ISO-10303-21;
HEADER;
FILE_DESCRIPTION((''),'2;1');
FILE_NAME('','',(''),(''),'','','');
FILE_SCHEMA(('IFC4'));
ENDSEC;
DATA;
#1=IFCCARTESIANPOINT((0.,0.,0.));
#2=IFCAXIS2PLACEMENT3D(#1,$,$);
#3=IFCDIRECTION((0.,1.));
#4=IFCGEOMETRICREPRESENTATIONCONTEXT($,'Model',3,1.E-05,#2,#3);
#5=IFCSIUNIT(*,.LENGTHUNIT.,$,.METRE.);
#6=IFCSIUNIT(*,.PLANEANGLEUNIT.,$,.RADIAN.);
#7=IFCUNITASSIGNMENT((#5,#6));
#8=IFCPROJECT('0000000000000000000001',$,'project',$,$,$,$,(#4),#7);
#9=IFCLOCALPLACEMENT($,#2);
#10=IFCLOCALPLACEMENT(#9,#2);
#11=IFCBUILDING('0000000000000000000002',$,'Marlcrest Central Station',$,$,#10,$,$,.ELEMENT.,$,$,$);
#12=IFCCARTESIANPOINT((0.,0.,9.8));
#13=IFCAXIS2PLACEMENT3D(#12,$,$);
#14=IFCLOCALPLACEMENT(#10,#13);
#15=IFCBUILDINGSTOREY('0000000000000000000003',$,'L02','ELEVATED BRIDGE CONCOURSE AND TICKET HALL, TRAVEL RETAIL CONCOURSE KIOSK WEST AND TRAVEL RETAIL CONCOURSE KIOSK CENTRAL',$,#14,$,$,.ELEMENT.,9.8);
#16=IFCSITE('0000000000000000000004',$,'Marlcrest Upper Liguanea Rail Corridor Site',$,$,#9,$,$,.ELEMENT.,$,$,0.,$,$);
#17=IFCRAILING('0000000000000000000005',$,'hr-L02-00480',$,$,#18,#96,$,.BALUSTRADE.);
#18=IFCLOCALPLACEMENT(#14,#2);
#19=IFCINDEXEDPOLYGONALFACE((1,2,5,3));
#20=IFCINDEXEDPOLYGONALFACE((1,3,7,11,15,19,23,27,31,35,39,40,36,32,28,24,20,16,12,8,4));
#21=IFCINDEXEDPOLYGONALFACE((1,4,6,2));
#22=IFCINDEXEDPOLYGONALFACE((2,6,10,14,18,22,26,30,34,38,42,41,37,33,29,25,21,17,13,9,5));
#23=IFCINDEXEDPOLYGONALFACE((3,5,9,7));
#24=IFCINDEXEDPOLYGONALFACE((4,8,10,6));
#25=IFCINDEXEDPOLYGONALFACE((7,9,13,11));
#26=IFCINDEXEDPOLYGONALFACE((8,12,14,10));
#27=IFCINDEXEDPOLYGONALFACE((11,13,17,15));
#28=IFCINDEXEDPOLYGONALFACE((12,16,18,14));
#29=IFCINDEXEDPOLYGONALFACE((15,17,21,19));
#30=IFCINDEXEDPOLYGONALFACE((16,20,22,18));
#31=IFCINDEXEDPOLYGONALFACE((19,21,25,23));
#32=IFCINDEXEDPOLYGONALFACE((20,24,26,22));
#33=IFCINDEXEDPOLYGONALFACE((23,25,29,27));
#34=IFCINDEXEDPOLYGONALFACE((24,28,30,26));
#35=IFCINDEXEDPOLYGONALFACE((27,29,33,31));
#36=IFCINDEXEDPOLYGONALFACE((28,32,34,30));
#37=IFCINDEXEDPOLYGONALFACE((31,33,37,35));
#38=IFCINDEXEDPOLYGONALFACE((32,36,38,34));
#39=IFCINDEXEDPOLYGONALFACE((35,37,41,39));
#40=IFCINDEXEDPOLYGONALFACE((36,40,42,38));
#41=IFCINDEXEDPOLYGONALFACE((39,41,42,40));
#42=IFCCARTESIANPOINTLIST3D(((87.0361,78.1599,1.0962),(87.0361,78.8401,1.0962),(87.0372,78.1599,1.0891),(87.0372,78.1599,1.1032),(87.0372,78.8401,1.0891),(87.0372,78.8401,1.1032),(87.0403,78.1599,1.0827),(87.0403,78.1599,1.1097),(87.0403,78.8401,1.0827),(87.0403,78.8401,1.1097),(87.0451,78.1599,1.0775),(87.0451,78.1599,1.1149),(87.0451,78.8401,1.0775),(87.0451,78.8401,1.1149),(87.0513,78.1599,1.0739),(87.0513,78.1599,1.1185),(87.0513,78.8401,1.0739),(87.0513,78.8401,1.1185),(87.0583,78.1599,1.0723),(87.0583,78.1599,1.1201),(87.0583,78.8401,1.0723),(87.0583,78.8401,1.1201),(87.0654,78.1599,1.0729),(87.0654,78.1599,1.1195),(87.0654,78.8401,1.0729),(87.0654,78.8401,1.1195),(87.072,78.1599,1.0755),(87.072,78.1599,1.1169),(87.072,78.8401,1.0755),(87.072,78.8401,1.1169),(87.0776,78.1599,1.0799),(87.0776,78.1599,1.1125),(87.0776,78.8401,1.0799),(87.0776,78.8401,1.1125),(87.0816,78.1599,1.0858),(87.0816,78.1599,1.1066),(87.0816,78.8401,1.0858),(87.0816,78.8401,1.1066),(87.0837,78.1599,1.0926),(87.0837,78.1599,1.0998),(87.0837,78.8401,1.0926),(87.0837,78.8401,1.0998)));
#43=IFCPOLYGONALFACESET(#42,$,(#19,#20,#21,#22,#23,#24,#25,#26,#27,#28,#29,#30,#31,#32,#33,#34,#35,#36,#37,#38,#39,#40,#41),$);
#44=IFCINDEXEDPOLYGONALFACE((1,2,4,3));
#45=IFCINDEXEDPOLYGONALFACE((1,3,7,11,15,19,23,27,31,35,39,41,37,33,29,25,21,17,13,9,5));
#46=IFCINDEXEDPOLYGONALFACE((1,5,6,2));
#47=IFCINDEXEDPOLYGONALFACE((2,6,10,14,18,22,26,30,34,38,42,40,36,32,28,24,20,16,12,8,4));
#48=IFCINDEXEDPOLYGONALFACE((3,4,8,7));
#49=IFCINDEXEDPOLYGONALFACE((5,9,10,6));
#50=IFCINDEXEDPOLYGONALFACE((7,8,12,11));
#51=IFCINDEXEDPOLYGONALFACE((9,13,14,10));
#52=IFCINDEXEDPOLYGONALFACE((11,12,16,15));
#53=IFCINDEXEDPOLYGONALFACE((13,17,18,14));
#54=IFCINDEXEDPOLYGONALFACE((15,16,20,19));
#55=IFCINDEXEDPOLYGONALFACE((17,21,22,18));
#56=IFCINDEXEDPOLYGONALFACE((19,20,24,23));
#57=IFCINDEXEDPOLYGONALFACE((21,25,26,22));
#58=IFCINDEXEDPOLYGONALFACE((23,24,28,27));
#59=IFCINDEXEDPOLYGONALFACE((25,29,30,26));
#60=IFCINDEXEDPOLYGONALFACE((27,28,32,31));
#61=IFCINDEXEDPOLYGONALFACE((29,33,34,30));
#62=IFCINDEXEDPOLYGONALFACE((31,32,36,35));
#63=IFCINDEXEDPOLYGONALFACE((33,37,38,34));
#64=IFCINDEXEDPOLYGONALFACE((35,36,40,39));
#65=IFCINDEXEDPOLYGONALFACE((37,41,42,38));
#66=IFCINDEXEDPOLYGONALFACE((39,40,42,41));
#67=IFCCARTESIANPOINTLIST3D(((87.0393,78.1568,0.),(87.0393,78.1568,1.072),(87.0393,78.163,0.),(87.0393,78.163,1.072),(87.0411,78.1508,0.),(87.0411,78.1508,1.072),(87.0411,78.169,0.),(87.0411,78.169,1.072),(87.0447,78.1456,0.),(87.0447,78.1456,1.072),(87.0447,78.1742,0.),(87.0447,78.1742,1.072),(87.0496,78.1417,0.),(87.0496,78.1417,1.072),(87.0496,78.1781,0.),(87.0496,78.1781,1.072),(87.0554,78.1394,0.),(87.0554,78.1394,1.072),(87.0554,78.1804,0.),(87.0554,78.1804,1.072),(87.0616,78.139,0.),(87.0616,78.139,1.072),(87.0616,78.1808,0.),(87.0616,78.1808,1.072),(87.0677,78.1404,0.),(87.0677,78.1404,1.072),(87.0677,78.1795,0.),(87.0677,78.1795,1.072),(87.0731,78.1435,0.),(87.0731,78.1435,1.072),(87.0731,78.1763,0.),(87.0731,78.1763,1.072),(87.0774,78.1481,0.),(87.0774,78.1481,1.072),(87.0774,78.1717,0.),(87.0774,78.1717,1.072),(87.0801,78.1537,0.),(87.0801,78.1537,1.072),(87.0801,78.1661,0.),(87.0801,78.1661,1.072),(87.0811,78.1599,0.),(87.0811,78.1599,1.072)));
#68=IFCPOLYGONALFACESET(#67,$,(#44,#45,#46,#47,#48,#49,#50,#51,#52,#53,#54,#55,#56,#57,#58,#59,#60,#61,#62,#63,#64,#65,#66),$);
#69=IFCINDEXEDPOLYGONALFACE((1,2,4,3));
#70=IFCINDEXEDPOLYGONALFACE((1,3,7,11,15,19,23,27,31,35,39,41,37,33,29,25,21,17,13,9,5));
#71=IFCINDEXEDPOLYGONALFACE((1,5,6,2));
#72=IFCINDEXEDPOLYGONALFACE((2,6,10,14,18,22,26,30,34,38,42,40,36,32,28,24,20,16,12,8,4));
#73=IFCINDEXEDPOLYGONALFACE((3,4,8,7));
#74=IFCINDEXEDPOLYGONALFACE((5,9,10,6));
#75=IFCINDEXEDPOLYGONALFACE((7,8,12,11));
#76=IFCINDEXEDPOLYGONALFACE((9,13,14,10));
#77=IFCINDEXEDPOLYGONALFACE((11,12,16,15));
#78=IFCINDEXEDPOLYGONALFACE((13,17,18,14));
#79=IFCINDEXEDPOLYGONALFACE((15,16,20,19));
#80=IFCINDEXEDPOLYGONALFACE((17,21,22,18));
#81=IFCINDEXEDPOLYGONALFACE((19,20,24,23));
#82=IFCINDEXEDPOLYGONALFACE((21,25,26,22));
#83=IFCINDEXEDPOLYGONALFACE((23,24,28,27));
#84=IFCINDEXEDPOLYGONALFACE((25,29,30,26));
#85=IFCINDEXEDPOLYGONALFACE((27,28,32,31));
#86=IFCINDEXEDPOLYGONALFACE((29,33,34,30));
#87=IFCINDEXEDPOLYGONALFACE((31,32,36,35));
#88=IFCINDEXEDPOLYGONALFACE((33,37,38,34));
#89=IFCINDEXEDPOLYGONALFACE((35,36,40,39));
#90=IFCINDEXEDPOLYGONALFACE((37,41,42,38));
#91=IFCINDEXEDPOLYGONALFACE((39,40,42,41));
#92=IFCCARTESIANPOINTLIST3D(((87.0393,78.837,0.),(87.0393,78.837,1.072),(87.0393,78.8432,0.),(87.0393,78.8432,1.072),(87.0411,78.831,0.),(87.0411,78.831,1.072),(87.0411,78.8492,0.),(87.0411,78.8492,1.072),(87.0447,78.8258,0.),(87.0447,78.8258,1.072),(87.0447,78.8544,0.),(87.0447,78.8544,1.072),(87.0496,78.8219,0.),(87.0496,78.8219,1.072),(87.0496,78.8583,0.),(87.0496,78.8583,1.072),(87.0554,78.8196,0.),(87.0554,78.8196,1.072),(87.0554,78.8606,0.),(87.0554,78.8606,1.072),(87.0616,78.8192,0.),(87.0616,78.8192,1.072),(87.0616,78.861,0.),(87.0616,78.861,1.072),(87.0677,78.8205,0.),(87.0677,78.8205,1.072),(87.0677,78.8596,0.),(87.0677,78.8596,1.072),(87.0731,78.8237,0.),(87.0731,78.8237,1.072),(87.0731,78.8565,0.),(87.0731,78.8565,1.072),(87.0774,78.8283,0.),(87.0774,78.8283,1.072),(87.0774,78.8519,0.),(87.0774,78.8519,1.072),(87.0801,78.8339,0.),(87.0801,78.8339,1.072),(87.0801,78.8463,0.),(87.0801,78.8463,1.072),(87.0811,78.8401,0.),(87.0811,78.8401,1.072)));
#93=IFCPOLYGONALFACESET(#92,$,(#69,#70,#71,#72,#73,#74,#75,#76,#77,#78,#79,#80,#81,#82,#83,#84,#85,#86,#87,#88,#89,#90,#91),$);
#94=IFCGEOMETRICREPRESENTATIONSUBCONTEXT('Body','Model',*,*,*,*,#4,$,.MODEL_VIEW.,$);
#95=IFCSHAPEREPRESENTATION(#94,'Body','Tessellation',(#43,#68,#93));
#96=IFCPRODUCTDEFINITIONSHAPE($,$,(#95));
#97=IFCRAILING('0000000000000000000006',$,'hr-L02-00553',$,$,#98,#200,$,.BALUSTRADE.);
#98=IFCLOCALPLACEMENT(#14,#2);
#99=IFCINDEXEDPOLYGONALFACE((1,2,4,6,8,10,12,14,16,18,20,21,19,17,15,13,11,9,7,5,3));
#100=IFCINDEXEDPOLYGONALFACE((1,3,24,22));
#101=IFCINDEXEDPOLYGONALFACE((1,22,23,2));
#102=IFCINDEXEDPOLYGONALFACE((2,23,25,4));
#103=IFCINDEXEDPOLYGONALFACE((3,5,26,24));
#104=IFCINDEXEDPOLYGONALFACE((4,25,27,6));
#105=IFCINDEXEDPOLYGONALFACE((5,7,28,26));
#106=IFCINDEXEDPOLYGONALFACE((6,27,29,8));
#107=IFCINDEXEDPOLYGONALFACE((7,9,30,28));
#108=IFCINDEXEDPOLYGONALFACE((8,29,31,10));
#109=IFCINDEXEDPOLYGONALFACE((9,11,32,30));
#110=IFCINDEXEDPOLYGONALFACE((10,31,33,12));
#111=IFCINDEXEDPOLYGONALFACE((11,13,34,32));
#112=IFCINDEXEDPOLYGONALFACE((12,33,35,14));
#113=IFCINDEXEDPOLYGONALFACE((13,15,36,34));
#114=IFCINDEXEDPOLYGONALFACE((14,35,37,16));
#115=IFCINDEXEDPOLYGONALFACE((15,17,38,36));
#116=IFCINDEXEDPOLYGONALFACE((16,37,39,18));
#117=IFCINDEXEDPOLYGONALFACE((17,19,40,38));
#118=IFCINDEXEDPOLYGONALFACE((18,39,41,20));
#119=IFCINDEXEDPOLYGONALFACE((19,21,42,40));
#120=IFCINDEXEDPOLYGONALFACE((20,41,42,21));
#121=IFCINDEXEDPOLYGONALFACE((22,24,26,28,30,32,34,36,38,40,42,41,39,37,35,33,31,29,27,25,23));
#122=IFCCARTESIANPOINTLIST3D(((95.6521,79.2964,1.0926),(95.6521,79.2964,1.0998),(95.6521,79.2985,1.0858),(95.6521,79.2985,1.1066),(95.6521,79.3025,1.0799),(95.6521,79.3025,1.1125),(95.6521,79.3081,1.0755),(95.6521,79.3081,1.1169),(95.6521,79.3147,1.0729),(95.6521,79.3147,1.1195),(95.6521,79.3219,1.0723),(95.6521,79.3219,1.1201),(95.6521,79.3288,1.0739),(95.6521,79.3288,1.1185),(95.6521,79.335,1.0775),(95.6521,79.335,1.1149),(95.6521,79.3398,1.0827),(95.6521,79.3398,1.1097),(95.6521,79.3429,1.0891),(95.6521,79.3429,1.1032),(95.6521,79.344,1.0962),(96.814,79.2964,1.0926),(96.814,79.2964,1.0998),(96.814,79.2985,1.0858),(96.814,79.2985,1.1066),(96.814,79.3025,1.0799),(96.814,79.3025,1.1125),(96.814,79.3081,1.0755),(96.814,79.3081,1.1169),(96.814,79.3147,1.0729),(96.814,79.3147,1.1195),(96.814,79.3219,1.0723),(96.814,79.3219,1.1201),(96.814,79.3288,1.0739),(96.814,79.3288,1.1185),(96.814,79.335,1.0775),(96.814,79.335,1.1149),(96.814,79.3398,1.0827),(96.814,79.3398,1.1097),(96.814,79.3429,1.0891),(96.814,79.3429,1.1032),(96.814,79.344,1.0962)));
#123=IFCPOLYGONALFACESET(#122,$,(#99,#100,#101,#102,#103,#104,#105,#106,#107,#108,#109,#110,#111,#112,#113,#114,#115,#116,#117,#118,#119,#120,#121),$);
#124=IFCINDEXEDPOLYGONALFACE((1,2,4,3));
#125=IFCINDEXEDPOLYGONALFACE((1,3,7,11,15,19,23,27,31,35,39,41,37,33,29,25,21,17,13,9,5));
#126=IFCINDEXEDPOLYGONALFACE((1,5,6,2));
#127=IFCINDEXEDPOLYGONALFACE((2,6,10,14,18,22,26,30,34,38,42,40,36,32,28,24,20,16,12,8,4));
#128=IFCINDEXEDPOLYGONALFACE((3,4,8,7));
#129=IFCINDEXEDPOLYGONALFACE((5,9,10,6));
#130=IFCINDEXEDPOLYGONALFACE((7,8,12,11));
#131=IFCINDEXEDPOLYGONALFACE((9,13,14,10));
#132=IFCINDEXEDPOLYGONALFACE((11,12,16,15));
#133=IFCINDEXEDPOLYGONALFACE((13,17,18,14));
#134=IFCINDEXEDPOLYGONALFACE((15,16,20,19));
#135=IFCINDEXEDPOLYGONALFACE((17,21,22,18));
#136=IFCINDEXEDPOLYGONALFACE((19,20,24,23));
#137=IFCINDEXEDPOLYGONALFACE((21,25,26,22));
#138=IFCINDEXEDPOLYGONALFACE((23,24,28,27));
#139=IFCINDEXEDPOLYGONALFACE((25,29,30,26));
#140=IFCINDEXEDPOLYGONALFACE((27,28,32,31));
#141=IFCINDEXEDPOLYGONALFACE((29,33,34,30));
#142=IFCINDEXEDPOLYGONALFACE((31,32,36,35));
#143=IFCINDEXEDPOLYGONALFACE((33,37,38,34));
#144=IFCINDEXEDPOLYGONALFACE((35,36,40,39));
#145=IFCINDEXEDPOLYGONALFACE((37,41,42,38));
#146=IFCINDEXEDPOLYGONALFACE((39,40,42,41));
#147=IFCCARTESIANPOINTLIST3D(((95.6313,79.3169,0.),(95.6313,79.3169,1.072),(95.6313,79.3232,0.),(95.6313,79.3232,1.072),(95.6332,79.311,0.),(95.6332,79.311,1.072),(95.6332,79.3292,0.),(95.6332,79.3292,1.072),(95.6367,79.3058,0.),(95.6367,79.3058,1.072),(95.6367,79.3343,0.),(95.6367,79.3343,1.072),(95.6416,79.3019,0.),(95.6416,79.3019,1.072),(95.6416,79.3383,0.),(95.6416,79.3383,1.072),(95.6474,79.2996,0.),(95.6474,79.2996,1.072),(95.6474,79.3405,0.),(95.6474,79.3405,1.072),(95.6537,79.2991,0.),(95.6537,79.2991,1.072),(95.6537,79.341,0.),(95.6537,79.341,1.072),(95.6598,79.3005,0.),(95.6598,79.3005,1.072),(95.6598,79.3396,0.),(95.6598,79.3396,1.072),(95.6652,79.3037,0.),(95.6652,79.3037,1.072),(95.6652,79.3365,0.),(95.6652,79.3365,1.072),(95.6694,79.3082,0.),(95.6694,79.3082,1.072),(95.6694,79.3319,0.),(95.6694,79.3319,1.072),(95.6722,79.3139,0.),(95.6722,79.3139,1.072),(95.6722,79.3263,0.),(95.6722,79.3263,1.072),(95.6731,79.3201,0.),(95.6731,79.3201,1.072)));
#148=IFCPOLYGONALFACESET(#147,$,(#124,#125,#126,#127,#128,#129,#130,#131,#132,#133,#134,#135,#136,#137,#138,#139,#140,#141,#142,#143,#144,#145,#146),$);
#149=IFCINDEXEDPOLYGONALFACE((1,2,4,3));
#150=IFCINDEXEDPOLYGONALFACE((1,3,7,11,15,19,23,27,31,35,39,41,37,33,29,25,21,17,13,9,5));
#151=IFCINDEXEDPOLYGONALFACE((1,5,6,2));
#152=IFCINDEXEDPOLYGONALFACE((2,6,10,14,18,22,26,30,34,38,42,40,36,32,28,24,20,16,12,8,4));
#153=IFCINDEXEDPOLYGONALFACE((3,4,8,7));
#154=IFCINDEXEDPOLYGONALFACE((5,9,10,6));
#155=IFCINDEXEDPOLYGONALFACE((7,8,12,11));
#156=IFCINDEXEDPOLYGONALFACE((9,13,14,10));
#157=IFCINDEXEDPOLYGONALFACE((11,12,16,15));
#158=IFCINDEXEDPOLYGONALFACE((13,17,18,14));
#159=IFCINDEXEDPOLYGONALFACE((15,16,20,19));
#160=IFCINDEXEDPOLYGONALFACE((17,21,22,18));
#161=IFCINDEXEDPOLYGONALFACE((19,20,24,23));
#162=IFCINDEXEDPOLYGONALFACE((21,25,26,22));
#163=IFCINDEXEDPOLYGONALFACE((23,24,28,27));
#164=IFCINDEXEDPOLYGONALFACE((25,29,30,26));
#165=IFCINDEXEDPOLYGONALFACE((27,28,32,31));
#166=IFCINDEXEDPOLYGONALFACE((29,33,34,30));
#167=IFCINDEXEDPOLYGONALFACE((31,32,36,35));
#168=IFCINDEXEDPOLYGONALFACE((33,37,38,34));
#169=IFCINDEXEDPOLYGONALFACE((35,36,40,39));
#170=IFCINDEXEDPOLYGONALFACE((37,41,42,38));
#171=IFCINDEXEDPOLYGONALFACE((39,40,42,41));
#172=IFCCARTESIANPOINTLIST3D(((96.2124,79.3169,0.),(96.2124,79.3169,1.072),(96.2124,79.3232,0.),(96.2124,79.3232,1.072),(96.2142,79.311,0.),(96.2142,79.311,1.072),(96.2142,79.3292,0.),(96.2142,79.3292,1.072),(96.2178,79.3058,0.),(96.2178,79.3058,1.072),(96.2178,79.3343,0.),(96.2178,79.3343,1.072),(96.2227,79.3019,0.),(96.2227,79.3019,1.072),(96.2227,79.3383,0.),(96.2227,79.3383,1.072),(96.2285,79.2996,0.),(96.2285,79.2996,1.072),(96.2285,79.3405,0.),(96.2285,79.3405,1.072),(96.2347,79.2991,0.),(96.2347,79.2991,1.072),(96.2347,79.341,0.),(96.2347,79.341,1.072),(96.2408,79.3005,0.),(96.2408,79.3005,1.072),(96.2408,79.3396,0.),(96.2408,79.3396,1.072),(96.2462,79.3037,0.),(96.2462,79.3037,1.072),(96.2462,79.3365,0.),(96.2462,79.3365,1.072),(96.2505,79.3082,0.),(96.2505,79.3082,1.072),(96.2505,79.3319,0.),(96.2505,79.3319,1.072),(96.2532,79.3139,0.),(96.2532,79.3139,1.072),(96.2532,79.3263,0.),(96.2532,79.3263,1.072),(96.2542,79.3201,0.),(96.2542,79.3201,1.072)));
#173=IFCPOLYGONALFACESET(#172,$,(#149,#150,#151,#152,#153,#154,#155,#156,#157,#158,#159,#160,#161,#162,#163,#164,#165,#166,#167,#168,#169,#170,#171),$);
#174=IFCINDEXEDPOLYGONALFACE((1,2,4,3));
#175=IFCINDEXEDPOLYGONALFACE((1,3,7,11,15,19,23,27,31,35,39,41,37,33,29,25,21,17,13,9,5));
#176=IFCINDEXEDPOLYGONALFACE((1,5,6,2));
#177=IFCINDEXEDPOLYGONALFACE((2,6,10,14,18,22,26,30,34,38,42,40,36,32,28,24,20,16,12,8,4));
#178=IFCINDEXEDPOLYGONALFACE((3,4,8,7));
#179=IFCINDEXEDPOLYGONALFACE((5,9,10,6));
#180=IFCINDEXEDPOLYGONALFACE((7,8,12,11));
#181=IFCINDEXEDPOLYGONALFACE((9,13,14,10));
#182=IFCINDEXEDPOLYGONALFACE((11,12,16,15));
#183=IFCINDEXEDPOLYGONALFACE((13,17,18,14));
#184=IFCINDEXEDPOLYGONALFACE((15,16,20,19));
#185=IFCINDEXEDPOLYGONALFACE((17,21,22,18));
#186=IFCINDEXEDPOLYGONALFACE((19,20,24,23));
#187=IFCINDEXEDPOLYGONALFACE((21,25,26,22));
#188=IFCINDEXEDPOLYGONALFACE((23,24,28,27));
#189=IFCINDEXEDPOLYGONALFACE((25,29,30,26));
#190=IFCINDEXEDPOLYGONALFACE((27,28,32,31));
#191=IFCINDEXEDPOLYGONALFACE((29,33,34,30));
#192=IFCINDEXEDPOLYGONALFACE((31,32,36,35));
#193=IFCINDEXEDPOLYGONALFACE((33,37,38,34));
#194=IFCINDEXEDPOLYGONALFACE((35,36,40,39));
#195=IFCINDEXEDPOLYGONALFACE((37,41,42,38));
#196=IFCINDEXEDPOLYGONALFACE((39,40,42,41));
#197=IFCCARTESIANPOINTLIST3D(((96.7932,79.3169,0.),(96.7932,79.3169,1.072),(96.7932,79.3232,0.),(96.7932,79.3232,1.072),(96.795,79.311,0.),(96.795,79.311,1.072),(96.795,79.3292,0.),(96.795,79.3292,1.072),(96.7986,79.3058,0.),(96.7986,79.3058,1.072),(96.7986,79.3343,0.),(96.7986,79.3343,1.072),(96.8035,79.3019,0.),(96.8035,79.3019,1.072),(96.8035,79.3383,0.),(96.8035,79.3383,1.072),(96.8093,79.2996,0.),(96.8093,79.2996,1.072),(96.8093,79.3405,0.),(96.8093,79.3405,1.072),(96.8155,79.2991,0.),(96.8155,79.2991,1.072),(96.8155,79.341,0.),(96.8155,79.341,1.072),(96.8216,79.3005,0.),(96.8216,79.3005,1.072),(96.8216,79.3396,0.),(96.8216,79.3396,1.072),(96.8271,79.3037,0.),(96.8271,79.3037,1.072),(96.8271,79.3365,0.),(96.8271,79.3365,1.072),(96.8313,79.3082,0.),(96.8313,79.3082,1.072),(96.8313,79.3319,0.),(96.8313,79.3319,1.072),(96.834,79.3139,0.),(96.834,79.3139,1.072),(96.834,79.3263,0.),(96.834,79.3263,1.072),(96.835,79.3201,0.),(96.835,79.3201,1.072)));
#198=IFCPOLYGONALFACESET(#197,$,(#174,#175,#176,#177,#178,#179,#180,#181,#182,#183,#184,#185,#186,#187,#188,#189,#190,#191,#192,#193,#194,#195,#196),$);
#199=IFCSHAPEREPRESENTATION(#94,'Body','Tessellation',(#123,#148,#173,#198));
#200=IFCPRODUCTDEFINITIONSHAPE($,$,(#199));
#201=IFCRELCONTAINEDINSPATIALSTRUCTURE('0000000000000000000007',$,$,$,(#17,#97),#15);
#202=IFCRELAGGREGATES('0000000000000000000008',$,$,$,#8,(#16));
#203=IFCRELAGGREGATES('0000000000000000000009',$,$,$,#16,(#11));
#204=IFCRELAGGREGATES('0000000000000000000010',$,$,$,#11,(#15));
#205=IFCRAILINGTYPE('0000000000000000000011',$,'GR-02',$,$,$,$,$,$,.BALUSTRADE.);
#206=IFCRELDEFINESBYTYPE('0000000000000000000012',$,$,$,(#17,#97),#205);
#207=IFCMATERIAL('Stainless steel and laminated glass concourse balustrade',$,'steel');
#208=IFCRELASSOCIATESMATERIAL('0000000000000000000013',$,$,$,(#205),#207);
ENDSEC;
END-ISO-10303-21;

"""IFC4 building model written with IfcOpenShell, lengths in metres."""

from ifc_helpers import new_model, si_unit, direction, frame, origin, origin_2d, place, context, subcontext, project, spatial, circle, extrude, material, type_object, element, save


model = new_model("IFC4")

# Units and contexts
model_context = context("Model", 3, precision=1e-05, world=origin(), true_north=direction((0.0, 1.0)))
body_context = subcontext(model_context, "Body", "Model", "MODEL_VIEW")
ifc_project = project(units=[si_unit("LENGTHUNIT", "METRE"), si_unit("PLANEANGLEUNIT", "RADIAN")], contexts=[model_context])

# Site, building, storey
site_placement = place(None, origin())
site = spatial("IfcSite", under=ifc_project, at=site_placement, Name="Marlcrest Upper Liguanea Rail Corridor Site", CompositionType="ELEMENT", RefElevation=0.0)
building_placement = place(site_placement, origin())
building = spatial("IfcBuilding", under=site, at=building_placement, Name="Marlcrest Central Station", CompositionType="ELEMENT")
storey_placement = place(building_placement, frame((0.0, 0.0, 9.8)))
storey = spatial("IfcBuildingStorey", under=building, at=storey_placement, Name="L02", Description="ELEVATED BRIDGE CONCOURSE AND TICKET HALL, TRAVEL RETAIL CONCOURSE KIOSK WEST AND TRAVEL RETAIL CONCOURSE KIOSK CENTRAL", CompositionType="ELEMENT", Elevation=9.8)

# Railings
ifc_material_1 = material(Name="Stainless steel and laminated glass concourse balustrade", Category="steel")
railing_type = type_object("IfcRailingType", Name="GR-02", PredefinedType="BALUSTRADE", material=ifc_material_1)
railing_1_placement = place(storey_placement, frame((87.0601, 78.1599, 0.0)))
element("IfcRailing", 1, at=railing_1_placement, inside=storey, type_object=railing_type, Name="hr-L02-00480", PredefinedType="BALUSTRADE", context=body_context, shape_type="SweptSolid", body=[
    extrude(circle(Radius=0.0239, at=origin_2d()), frame((0.0, 0.0, 1.0962), z_axis=(0.0, 1.0, 0.0), x_axis=(-1.0, 0.0, 0.0)), (0.0, 0.0, 1.0), 0.6802),
    extrude(circle(Radius=0.021, at=origin_2d()), origin(), (0.0, 0.0, 1.0), 1.072),
    extrude(circle(Radius=0.021, at=origin_2d()), frame((0.0, 0.6802, 0.0)), (0.0, 0.0, 1.0), 1.072),
])
railing_2_placement = place(storey_placement, frame((95.6521, 79.3201, 0.0)))
element("IfcRailing", 2, at=railing_2_placement, inside=storey, type_object=railing_type, Name="hr-L02-00553", PredefinedType="BALUSTRADE", context=body_context, shape_type="SweptSolid", body=[
    extrude(circle(Radius=0.0239, at=origin_2d()), frame((0.0, 0.0, 1.0962), z_axis=(1.0, 0.0, 0.0), x_axis=(0.0, 1.0, 0.0)), (0.0, 0.0, 1.0), 1.1619),
    extrude(circle(Radius=0.021, at=origin_2d()), origin(), (0.0, 0.0, 1.0), 1.072),
    extrude(circle(Radius=0.021, at=origin_2d()), frame((0.5811, 0.0, 0.0)), (0.0, 0.0, 1.0), 1.072),
    extrude(circle(Radius=0.021, at=origin_2d()), frame((1.1619, 0.0, 0.0)), (0.0, 0.0, 1.0), 1.072),
])

save(model, "model.ifc")
